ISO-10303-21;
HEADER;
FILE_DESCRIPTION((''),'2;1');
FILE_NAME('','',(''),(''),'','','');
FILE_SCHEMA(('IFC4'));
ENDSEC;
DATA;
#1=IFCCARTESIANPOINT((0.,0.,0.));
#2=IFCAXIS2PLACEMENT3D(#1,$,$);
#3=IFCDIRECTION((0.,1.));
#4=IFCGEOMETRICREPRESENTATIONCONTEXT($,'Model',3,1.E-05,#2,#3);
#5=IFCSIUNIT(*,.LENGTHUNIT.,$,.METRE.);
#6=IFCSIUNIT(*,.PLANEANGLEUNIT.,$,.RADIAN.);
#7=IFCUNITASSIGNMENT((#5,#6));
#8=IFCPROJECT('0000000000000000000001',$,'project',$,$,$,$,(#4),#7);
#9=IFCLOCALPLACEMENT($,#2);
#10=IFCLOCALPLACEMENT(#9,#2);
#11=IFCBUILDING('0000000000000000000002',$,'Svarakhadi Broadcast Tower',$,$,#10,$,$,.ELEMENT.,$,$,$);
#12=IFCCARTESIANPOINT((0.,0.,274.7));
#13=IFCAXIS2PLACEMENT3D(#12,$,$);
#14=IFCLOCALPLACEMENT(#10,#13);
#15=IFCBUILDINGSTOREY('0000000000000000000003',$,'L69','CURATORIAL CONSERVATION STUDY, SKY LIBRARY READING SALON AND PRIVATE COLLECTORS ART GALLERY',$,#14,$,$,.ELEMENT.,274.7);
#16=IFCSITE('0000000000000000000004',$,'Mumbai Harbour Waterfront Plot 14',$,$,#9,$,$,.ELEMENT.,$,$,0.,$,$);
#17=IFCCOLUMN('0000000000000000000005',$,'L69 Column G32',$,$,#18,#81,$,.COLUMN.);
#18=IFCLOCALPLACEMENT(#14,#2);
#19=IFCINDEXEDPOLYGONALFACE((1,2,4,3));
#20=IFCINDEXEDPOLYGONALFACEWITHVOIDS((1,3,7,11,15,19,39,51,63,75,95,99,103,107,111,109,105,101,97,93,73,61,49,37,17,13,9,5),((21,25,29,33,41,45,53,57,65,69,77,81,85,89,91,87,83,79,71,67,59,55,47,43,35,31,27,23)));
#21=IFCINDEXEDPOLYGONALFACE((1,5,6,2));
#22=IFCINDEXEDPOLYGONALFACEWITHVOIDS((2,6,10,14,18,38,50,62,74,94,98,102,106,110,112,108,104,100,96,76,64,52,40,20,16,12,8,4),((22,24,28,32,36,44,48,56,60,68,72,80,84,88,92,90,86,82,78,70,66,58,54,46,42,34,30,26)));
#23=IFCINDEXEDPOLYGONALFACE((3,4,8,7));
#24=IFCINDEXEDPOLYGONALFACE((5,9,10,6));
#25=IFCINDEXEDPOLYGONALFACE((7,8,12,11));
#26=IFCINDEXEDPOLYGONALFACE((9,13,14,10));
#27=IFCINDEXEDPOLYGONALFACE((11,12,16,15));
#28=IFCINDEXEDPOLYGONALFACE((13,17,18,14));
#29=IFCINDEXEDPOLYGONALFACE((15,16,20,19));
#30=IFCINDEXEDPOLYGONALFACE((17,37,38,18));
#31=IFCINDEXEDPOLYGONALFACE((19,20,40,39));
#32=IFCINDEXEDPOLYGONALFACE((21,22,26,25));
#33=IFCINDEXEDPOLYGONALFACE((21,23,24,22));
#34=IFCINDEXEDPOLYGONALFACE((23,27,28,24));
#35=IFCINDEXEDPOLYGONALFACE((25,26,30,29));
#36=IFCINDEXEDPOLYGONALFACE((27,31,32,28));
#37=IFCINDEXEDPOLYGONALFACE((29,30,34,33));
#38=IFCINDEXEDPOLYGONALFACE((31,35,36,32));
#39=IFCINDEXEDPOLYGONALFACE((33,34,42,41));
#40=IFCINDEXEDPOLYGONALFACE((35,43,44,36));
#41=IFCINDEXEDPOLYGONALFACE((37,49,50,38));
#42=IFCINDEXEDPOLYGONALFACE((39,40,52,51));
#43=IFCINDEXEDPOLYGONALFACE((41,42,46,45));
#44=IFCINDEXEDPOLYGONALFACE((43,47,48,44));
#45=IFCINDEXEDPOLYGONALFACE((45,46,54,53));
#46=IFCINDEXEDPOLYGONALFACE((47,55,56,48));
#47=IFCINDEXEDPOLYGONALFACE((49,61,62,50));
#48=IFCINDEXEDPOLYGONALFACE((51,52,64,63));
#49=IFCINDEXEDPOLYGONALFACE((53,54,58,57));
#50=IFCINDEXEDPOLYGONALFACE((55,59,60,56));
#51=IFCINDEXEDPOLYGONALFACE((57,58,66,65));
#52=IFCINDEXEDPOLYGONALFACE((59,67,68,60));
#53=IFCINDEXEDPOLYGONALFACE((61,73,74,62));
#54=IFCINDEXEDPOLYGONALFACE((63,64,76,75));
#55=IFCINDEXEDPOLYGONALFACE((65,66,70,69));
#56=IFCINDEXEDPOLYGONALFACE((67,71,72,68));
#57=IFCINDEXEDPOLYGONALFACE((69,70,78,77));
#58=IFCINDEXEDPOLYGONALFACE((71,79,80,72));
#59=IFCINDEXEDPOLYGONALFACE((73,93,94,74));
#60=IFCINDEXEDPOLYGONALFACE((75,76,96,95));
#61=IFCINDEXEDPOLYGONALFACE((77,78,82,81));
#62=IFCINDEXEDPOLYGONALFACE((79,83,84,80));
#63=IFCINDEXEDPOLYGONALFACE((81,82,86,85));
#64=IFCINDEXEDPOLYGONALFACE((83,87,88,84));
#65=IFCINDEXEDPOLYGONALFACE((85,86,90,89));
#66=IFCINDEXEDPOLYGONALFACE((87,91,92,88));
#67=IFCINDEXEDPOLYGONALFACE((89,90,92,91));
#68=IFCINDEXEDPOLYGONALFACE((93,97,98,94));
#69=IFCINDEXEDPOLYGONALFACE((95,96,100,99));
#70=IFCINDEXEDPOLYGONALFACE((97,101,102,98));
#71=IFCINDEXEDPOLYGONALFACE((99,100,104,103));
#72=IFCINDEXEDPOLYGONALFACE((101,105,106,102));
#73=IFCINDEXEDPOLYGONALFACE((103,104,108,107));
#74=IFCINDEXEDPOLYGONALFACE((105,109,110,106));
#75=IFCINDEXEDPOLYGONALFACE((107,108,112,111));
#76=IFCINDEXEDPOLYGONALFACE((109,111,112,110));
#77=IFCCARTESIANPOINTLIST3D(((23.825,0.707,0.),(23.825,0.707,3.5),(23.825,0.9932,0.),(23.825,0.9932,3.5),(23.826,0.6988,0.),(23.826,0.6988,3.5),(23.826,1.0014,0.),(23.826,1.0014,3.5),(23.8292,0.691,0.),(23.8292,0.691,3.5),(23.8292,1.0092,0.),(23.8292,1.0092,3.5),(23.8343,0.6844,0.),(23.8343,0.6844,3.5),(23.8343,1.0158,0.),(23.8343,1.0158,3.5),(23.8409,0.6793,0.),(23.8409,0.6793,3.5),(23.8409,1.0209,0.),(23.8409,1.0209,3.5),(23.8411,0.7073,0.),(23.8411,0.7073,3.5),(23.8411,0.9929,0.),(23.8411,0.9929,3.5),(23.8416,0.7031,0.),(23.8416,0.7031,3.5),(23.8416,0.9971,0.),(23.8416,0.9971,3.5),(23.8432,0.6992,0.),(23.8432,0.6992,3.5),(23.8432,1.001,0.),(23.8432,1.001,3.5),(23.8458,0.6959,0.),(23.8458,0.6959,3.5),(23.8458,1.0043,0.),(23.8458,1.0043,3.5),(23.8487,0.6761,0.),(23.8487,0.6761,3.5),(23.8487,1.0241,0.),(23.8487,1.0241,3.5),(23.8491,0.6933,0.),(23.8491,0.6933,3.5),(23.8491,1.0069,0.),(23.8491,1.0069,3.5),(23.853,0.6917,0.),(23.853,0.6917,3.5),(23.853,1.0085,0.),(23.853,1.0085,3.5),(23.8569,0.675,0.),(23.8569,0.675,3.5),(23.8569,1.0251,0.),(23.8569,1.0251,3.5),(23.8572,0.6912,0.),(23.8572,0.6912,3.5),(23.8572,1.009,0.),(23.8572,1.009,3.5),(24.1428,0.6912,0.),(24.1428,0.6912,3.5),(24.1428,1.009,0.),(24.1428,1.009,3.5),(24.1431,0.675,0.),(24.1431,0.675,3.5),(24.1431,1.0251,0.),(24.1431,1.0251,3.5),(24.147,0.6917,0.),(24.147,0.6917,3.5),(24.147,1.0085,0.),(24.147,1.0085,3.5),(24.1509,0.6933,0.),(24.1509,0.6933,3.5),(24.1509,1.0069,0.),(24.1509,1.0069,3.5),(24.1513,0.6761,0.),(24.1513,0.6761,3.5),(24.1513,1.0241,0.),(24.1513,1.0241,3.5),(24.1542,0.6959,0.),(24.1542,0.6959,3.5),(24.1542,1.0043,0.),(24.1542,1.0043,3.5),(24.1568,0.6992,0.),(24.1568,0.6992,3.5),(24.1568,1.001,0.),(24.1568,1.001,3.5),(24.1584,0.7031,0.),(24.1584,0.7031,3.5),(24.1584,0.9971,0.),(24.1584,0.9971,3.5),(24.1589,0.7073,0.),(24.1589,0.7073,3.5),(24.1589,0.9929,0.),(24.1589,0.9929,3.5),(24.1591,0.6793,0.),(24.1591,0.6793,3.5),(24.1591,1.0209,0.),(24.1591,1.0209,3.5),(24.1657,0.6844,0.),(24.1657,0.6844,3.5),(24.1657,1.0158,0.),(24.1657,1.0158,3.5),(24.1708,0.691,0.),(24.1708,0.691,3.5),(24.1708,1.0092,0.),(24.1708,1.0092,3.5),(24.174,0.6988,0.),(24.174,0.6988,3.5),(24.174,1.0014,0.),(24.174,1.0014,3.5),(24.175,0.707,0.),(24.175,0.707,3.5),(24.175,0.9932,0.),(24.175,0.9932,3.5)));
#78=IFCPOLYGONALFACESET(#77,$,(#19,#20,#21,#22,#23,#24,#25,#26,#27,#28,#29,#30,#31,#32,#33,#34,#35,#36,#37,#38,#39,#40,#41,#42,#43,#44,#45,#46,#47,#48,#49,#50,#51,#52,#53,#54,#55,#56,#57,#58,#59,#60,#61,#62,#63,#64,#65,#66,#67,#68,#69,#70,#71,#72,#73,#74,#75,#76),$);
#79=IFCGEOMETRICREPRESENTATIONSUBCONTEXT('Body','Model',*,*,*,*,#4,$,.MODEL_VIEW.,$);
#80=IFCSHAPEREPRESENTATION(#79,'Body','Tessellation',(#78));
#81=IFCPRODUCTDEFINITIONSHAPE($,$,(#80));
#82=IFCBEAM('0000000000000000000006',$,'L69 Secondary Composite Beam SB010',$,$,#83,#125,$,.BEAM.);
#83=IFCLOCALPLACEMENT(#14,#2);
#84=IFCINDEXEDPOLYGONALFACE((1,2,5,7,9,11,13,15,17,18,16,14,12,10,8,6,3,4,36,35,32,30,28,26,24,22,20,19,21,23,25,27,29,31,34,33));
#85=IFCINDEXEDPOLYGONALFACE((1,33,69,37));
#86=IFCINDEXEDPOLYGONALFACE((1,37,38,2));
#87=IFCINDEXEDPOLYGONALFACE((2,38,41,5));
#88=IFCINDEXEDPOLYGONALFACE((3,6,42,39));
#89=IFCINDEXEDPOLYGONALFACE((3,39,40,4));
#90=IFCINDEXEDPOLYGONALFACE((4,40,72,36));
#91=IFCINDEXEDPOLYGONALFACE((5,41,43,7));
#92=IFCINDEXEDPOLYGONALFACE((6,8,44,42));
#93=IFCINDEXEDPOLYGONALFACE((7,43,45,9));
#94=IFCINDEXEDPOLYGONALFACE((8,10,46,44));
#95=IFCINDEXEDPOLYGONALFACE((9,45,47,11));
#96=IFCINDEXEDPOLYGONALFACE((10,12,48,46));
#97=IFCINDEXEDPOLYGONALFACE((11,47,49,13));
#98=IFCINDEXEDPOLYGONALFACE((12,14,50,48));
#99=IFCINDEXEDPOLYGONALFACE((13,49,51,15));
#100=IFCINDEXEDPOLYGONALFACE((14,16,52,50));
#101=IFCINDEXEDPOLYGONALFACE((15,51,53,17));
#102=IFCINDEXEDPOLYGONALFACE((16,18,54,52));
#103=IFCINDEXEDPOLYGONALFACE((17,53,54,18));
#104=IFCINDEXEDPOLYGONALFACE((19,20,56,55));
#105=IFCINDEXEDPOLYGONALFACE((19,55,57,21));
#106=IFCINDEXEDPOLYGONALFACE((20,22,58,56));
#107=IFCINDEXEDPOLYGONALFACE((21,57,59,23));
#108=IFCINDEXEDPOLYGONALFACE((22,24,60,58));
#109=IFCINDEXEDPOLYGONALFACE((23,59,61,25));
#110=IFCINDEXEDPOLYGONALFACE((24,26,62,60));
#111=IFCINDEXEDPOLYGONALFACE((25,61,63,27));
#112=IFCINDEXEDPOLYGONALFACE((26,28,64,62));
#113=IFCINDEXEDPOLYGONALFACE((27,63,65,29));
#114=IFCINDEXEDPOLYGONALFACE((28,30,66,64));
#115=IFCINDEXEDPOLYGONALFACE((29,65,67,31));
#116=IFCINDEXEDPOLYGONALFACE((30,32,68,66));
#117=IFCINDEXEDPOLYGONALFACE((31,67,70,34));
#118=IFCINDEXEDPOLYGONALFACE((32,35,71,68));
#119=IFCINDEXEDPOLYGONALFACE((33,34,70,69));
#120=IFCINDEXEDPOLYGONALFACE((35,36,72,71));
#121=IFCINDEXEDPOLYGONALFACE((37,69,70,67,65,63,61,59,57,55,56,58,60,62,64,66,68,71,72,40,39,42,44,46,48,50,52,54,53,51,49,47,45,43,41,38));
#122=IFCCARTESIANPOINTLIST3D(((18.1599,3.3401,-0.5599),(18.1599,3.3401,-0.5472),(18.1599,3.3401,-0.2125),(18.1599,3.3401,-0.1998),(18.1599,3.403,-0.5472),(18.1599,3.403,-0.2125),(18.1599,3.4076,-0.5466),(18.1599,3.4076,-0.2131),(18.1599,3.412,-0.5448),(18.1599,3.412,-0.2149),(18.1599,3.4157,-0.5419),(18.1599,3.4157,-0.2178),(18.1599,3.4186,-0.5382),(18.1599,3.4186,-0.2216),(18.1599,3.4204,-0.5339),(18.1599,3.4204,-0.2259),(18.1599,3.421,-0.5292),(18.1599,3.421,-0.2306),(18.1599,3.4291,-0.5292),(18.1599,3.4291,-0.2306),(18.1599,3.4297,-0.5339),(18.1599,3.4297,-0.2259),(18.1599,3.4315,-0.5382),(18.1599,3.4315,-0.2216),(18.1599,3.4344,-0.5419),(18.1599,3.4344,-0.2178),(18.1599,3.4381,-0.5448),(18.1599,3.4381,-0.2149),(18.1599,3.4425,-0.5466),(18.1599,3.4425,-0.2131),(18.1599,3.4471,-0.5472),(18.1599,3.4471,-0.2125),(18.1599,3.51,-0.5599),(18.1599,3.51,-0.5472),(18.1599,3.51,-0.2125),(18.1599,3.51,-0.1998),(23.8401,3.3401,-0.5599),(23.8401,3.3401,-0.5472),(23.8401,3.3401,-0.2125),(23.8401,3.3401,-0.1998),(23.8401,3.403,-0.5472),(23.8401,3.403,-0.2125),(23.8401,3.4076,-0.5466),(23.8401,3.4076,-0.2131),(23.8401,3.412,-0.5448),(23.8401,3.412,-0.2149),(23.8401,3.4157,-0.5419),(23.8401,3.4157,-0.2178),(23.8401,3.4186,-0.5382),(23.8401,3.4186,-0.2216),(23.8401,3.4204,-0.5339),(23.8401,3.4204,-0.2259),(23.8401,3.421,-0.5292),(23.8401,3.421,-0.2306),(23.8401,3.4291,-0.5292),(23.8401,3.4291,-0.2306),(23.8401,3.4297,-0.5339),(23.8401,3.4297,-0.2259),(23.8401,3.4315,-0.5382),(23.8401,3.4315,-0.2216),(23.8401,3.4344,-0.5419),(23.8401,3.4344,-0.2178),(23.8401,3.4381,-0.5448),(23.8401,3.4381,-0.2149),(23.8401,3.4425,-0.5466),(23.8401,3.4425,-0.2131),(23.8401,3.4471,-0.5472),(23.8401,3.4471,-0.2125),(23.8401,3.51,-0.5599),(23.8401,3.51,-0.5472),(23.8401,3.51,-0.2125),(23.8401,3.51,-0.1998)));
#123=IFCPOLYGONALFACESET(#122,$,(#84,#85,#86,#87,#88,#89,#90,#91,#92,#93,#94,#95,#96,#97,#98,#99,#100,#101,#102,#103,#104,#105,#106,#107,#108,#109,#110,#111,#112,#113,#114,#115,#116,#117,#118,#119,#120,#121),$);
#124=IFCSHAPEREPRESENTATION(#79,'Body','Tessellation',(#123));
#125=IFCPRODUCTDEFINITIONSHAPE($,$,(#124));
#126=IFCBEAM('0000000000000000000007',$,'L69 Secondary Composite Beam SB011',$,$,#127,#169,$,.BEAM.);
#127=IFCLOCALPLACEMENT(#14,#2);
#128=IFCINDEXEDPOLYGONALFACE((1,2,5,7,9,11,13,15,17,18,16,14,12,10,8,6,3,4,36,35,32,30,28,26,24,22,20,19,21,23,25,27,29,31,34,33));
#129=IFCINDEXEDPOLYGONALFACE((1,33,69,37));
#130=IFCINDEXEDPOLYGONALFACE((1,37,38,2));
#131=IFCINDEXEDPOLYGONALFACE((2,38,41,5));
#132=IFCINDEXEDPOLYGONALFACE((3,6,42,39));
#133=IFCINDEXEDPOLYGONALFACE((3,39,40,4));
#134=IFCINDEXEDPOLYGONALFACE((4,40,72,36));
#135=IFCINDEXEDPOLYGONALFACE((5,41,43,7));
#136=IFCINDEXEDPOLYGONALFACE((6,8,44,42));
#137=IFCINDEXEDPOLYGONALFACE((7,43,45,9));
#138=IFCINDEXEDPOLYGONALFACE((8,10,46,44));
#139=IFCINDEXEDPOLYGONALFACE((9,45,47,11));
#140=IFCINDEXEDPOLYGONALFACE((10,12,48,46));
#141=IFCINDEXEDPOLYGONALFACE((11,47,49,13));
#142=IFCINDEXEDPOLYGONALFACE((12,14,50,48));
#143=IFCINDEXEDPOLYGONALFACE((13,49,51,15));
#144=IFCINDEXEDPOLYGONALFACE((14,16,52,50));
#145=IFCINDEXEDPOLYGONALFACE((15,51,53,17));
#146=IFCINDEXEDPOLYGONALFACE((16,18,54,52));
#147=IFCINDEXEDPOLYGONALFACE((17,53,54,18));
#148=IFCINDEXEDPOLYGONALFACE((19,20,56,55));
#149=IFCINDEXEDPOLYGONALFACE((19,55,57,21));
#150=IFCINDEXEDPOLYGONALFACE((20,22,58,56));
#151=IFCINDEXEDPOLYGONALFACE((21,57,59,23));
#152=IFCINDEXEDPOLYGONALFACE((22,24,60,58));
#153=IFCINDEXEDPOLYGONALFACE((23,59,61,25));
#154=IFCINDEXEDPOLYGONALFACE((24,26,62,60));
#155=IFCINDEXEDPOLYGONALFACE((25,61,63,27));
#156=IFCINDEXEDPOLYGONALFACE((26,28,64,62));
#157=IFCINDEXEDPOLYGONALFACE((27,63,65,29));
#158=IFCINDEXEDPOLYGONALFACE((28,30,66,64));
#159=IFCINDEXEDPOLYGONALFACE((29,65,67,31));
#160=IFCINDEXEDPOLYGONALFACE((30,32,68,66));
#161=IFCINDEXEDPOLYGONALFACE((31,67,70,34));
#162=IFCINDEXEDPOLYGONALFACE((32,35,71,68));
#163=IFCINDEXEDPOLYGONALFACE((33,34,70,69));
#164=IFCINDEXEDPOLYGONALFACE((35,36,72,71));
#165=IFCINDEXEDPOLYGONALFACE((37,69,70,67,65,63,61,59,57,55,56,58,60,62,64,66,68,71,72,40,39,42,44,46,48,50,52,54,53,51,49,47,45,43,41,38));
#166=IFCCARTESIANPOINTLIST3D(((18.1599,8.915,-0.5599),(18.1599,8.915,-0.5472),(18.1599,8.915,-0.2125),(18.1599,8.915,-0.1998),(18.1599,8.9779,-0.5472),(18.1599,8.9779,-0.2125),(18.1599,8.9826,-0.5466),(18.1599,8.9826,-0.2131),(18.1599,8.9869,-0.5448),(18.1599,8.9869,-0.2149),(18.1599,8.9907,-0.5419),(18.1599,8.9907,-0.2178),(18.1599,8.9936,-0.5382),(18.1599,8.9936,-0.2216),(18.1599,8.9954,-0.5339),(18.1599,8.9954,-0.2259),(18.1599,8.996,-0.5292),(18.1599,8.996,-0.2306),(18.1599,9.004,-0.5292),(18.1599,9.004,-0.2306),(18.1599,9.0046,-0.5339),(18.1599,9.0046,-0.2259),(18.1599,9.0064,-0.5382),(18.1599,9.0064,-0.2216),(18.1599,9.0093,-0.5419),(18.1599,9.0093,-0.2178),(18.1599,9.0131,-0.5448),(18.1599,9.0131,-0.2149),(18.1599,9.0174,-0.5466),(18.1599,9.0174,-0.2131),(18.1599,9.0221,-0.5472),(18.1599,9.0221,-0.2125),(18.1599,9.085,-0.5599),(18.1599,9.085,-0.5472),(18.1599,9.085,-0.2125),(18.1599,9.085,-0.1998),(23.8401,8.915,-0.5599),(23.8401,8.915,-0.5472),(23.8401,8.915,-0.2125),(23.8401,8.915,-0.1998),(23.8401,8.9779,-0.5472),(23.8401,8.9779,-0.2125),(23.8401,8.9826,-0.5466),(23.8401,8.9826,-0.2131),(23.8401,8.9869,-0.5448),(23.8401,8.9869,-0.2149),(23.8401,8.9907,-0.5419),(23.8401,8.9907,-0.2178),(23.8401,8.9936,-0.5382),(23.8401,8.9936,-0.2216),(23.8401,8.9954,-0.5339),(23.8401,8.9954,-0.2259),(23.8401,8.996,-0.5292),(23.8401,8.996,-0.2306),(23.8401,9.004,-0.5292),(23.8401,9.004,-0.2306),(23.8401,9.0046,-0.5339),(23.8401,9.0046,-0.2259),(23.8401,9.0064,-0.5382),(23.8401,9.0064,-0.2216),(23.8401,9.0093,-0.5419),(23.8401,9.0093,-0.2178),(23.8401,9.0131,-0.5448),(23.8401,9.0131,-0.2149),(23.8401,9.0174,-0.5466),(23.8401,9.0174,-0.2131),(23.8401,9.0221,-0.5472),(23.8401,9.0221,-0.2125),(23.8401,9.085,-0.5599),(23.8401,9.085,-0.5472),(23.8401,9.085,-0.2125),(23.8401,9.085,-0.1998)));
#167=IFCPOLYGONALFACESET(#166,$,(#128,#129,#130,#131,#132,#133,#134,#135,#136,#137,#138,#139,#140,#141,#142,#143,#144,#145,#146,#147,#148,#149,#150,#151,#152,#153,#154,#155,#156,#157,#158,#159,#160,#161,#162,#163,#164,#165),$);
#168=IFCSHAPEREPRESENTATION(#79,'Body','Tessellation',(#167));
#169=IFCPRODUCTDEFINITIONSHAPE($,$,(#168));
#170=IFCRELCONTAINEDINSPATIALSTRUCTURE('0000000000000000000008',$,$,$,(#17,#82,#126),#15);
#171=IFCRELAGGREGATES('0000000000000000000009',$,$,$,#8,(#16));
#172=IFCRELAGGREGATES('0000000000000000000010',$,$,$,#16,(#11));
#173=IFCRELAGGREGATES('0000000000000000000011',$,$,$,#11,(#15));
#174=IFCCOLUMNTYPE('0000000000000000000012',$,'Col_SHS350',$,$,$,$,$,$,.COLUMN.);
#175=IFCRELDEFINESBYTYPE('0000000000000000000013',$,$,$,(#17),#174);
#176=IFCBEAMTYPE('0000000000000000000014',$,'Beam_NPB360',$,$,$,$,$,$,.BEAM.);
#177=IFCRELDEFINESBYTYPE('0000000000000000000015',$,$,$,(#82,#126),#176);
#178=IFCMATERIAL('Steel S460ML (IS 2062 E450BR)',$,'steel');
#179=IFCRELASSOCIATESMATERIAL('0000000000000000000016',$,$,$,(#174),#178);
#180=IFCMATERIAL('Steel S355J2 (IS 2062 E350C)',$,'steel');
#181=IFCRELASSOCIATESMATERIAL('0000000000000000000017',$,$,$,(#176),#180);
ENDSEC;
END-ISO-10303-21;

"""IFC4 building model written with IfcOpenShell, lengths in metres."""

from ifc_helpers import new_model, si_unit, direction, frame, origin, origin_2d, place, context, subcontext, project, spatial, hollow_rectangle, i_section, extrude, material, material_profile, profile_set, type_object, element, save


model = new_model("IFC4")

# Units and contexts
model_context = context("Model", 3, precision=1e-05, world=origin(), true_north=direction((0.0, 1.0)))
body_context = subcontext(model_context, "Body", "Model", "MODEL_VIEW")
ifc_project = project(units=[si_unit("LENGTHUNIT", "METRE"), si_unit("PLANEANGLEUNIT", "RADIAN")], contexts=[model_context])

# Site, building, storey
site_placement = place(None, origin())
site = spatial("IfcSite", under=ifc_project, at=site_placement, Name="Mumbai Harbour Waterfront Plot 14", CompositionType="ELEMENT", RefElevation=0.0)
building_placement = place(site_placement, origin())
building = spatial("IfcBuilding", under=site, at=building_placement, Name="Svarakhadi Broadcast Tower", CompositionType="ELEMENT")
storey_placement = place(building_placement, frame((0.0, 0.0, 274.7)))
storey = spatial("IfcBuildingStorey", under=building, at=storey_placement, Name="L69", Description="CURATORIAL CONSERVATION STUDY, SKY LIBRARY READING SALON AND PRIVATE COLLECTORS ART GALLERY", CompositionType="ELEMENT", Elevation=274.7)

# Column
ifc_material_1 = material(Name="Steel S460ML (IS 2062 E450BR)", Category="steel")
ifc_material_profile_1 = material_profile(ifc_material_1, hollow_rectangle(XDim=0.3501, YDim=0.3501, WallThickness=0.0161, InnerFilletRadius=0.0161, OuterFilletRadius=0.032, at=origin_2d()), Name="SHS 350x350x16")
ifc_profile_set_1 = profile_set([ifc_material_profile_1], Name="Steel S460ML (IS 2062 E450BR)")
column_type_1 = type_object("IfcColumnType", Name="Col_SHS350", PredefinedType="COLUMN", material=ifc_profile_set_1)
for number, where, z_axis, x_axis, name in (
    (1, (24.0, 0.8501, 0.0), (0.0, 0.0, 1.0), (1.0, 0.0, 0.0), "L69 Column G32"),
):
    element("IfcColumn", number, at=place(storey_placement, frame(where, z_axis=z_axis, x_axis=x_axis)), inside=storey, type_object=column_type_1, Name=name, PredefinedType="COLUMN", context=body_context, shape_type="SweptSolid", body=[
        extrude(hollow_rectangle(XDim=0.3501, YDim=0.3501, WallThickness=0.0161, InnerFilletRadius=0.0161, OuterFilletRadius=0.032, at=origin_2d()), origin(), (0.0, 0.0, 1.0), 3.5),
    ])

# Beams
ifc_material_2 = material(Name="Steel S355J2 (IS 2062 E350C)", Category="steel")
ifc_material_profile_2 = material_profile(ifc_material_2, i_section(OverallWidth=0.1699, OverallDepth=0.3601, WebThickness=0.0081, FlangeThickness=0.0127, FilletRadius=0.0181, at=origin_2d()), Name="NPB 360x170x57")
ifc_profile_set_2 = profile_set([ifc_material_profile_2], Name="Steel S355J2 (IS 2062 E350C)")
beam_type_1 = type_object("IfcBeamType", Name="Beam_NPB360", PredefinedType="BEAM", material=ifc_profile_set_2)
for number, where, z_axis, x_axis, name in (
    (2, (18.1599, 3.425, -0.3799), (1.0, 0.0, 0.0), (0.0, 1.0, 0.0), "L69 Secondary Composite Beam SB010"),
    (3, (18.1599, 9.0, -0.3799), (1.0, 0.0, 0.0), (0.0, 1.0, 0.0), "L69 Secondary Composite Beam SB011"),
):
    element("IfcBeam", number, at=place(storey_placement, frame(where, z_axis=z_axis, x_axis=x_axis)), inside=storey, type_object=beam_type_1, Name=name, PredefinedType="BEAM", context=body_context, shape_type="SweptSolid", body=[
        extrude(i_section(OverallWidth=0.1699, OverallDepth=0.3601, WebThickness=0.0081, FlangeThickness=0.0127, FilletRadius=0.0181, at=origin_2d()), origin(), (0.0, 0.0, 1.0), 5.6802),
    ])

save(model, "model.ifc")
